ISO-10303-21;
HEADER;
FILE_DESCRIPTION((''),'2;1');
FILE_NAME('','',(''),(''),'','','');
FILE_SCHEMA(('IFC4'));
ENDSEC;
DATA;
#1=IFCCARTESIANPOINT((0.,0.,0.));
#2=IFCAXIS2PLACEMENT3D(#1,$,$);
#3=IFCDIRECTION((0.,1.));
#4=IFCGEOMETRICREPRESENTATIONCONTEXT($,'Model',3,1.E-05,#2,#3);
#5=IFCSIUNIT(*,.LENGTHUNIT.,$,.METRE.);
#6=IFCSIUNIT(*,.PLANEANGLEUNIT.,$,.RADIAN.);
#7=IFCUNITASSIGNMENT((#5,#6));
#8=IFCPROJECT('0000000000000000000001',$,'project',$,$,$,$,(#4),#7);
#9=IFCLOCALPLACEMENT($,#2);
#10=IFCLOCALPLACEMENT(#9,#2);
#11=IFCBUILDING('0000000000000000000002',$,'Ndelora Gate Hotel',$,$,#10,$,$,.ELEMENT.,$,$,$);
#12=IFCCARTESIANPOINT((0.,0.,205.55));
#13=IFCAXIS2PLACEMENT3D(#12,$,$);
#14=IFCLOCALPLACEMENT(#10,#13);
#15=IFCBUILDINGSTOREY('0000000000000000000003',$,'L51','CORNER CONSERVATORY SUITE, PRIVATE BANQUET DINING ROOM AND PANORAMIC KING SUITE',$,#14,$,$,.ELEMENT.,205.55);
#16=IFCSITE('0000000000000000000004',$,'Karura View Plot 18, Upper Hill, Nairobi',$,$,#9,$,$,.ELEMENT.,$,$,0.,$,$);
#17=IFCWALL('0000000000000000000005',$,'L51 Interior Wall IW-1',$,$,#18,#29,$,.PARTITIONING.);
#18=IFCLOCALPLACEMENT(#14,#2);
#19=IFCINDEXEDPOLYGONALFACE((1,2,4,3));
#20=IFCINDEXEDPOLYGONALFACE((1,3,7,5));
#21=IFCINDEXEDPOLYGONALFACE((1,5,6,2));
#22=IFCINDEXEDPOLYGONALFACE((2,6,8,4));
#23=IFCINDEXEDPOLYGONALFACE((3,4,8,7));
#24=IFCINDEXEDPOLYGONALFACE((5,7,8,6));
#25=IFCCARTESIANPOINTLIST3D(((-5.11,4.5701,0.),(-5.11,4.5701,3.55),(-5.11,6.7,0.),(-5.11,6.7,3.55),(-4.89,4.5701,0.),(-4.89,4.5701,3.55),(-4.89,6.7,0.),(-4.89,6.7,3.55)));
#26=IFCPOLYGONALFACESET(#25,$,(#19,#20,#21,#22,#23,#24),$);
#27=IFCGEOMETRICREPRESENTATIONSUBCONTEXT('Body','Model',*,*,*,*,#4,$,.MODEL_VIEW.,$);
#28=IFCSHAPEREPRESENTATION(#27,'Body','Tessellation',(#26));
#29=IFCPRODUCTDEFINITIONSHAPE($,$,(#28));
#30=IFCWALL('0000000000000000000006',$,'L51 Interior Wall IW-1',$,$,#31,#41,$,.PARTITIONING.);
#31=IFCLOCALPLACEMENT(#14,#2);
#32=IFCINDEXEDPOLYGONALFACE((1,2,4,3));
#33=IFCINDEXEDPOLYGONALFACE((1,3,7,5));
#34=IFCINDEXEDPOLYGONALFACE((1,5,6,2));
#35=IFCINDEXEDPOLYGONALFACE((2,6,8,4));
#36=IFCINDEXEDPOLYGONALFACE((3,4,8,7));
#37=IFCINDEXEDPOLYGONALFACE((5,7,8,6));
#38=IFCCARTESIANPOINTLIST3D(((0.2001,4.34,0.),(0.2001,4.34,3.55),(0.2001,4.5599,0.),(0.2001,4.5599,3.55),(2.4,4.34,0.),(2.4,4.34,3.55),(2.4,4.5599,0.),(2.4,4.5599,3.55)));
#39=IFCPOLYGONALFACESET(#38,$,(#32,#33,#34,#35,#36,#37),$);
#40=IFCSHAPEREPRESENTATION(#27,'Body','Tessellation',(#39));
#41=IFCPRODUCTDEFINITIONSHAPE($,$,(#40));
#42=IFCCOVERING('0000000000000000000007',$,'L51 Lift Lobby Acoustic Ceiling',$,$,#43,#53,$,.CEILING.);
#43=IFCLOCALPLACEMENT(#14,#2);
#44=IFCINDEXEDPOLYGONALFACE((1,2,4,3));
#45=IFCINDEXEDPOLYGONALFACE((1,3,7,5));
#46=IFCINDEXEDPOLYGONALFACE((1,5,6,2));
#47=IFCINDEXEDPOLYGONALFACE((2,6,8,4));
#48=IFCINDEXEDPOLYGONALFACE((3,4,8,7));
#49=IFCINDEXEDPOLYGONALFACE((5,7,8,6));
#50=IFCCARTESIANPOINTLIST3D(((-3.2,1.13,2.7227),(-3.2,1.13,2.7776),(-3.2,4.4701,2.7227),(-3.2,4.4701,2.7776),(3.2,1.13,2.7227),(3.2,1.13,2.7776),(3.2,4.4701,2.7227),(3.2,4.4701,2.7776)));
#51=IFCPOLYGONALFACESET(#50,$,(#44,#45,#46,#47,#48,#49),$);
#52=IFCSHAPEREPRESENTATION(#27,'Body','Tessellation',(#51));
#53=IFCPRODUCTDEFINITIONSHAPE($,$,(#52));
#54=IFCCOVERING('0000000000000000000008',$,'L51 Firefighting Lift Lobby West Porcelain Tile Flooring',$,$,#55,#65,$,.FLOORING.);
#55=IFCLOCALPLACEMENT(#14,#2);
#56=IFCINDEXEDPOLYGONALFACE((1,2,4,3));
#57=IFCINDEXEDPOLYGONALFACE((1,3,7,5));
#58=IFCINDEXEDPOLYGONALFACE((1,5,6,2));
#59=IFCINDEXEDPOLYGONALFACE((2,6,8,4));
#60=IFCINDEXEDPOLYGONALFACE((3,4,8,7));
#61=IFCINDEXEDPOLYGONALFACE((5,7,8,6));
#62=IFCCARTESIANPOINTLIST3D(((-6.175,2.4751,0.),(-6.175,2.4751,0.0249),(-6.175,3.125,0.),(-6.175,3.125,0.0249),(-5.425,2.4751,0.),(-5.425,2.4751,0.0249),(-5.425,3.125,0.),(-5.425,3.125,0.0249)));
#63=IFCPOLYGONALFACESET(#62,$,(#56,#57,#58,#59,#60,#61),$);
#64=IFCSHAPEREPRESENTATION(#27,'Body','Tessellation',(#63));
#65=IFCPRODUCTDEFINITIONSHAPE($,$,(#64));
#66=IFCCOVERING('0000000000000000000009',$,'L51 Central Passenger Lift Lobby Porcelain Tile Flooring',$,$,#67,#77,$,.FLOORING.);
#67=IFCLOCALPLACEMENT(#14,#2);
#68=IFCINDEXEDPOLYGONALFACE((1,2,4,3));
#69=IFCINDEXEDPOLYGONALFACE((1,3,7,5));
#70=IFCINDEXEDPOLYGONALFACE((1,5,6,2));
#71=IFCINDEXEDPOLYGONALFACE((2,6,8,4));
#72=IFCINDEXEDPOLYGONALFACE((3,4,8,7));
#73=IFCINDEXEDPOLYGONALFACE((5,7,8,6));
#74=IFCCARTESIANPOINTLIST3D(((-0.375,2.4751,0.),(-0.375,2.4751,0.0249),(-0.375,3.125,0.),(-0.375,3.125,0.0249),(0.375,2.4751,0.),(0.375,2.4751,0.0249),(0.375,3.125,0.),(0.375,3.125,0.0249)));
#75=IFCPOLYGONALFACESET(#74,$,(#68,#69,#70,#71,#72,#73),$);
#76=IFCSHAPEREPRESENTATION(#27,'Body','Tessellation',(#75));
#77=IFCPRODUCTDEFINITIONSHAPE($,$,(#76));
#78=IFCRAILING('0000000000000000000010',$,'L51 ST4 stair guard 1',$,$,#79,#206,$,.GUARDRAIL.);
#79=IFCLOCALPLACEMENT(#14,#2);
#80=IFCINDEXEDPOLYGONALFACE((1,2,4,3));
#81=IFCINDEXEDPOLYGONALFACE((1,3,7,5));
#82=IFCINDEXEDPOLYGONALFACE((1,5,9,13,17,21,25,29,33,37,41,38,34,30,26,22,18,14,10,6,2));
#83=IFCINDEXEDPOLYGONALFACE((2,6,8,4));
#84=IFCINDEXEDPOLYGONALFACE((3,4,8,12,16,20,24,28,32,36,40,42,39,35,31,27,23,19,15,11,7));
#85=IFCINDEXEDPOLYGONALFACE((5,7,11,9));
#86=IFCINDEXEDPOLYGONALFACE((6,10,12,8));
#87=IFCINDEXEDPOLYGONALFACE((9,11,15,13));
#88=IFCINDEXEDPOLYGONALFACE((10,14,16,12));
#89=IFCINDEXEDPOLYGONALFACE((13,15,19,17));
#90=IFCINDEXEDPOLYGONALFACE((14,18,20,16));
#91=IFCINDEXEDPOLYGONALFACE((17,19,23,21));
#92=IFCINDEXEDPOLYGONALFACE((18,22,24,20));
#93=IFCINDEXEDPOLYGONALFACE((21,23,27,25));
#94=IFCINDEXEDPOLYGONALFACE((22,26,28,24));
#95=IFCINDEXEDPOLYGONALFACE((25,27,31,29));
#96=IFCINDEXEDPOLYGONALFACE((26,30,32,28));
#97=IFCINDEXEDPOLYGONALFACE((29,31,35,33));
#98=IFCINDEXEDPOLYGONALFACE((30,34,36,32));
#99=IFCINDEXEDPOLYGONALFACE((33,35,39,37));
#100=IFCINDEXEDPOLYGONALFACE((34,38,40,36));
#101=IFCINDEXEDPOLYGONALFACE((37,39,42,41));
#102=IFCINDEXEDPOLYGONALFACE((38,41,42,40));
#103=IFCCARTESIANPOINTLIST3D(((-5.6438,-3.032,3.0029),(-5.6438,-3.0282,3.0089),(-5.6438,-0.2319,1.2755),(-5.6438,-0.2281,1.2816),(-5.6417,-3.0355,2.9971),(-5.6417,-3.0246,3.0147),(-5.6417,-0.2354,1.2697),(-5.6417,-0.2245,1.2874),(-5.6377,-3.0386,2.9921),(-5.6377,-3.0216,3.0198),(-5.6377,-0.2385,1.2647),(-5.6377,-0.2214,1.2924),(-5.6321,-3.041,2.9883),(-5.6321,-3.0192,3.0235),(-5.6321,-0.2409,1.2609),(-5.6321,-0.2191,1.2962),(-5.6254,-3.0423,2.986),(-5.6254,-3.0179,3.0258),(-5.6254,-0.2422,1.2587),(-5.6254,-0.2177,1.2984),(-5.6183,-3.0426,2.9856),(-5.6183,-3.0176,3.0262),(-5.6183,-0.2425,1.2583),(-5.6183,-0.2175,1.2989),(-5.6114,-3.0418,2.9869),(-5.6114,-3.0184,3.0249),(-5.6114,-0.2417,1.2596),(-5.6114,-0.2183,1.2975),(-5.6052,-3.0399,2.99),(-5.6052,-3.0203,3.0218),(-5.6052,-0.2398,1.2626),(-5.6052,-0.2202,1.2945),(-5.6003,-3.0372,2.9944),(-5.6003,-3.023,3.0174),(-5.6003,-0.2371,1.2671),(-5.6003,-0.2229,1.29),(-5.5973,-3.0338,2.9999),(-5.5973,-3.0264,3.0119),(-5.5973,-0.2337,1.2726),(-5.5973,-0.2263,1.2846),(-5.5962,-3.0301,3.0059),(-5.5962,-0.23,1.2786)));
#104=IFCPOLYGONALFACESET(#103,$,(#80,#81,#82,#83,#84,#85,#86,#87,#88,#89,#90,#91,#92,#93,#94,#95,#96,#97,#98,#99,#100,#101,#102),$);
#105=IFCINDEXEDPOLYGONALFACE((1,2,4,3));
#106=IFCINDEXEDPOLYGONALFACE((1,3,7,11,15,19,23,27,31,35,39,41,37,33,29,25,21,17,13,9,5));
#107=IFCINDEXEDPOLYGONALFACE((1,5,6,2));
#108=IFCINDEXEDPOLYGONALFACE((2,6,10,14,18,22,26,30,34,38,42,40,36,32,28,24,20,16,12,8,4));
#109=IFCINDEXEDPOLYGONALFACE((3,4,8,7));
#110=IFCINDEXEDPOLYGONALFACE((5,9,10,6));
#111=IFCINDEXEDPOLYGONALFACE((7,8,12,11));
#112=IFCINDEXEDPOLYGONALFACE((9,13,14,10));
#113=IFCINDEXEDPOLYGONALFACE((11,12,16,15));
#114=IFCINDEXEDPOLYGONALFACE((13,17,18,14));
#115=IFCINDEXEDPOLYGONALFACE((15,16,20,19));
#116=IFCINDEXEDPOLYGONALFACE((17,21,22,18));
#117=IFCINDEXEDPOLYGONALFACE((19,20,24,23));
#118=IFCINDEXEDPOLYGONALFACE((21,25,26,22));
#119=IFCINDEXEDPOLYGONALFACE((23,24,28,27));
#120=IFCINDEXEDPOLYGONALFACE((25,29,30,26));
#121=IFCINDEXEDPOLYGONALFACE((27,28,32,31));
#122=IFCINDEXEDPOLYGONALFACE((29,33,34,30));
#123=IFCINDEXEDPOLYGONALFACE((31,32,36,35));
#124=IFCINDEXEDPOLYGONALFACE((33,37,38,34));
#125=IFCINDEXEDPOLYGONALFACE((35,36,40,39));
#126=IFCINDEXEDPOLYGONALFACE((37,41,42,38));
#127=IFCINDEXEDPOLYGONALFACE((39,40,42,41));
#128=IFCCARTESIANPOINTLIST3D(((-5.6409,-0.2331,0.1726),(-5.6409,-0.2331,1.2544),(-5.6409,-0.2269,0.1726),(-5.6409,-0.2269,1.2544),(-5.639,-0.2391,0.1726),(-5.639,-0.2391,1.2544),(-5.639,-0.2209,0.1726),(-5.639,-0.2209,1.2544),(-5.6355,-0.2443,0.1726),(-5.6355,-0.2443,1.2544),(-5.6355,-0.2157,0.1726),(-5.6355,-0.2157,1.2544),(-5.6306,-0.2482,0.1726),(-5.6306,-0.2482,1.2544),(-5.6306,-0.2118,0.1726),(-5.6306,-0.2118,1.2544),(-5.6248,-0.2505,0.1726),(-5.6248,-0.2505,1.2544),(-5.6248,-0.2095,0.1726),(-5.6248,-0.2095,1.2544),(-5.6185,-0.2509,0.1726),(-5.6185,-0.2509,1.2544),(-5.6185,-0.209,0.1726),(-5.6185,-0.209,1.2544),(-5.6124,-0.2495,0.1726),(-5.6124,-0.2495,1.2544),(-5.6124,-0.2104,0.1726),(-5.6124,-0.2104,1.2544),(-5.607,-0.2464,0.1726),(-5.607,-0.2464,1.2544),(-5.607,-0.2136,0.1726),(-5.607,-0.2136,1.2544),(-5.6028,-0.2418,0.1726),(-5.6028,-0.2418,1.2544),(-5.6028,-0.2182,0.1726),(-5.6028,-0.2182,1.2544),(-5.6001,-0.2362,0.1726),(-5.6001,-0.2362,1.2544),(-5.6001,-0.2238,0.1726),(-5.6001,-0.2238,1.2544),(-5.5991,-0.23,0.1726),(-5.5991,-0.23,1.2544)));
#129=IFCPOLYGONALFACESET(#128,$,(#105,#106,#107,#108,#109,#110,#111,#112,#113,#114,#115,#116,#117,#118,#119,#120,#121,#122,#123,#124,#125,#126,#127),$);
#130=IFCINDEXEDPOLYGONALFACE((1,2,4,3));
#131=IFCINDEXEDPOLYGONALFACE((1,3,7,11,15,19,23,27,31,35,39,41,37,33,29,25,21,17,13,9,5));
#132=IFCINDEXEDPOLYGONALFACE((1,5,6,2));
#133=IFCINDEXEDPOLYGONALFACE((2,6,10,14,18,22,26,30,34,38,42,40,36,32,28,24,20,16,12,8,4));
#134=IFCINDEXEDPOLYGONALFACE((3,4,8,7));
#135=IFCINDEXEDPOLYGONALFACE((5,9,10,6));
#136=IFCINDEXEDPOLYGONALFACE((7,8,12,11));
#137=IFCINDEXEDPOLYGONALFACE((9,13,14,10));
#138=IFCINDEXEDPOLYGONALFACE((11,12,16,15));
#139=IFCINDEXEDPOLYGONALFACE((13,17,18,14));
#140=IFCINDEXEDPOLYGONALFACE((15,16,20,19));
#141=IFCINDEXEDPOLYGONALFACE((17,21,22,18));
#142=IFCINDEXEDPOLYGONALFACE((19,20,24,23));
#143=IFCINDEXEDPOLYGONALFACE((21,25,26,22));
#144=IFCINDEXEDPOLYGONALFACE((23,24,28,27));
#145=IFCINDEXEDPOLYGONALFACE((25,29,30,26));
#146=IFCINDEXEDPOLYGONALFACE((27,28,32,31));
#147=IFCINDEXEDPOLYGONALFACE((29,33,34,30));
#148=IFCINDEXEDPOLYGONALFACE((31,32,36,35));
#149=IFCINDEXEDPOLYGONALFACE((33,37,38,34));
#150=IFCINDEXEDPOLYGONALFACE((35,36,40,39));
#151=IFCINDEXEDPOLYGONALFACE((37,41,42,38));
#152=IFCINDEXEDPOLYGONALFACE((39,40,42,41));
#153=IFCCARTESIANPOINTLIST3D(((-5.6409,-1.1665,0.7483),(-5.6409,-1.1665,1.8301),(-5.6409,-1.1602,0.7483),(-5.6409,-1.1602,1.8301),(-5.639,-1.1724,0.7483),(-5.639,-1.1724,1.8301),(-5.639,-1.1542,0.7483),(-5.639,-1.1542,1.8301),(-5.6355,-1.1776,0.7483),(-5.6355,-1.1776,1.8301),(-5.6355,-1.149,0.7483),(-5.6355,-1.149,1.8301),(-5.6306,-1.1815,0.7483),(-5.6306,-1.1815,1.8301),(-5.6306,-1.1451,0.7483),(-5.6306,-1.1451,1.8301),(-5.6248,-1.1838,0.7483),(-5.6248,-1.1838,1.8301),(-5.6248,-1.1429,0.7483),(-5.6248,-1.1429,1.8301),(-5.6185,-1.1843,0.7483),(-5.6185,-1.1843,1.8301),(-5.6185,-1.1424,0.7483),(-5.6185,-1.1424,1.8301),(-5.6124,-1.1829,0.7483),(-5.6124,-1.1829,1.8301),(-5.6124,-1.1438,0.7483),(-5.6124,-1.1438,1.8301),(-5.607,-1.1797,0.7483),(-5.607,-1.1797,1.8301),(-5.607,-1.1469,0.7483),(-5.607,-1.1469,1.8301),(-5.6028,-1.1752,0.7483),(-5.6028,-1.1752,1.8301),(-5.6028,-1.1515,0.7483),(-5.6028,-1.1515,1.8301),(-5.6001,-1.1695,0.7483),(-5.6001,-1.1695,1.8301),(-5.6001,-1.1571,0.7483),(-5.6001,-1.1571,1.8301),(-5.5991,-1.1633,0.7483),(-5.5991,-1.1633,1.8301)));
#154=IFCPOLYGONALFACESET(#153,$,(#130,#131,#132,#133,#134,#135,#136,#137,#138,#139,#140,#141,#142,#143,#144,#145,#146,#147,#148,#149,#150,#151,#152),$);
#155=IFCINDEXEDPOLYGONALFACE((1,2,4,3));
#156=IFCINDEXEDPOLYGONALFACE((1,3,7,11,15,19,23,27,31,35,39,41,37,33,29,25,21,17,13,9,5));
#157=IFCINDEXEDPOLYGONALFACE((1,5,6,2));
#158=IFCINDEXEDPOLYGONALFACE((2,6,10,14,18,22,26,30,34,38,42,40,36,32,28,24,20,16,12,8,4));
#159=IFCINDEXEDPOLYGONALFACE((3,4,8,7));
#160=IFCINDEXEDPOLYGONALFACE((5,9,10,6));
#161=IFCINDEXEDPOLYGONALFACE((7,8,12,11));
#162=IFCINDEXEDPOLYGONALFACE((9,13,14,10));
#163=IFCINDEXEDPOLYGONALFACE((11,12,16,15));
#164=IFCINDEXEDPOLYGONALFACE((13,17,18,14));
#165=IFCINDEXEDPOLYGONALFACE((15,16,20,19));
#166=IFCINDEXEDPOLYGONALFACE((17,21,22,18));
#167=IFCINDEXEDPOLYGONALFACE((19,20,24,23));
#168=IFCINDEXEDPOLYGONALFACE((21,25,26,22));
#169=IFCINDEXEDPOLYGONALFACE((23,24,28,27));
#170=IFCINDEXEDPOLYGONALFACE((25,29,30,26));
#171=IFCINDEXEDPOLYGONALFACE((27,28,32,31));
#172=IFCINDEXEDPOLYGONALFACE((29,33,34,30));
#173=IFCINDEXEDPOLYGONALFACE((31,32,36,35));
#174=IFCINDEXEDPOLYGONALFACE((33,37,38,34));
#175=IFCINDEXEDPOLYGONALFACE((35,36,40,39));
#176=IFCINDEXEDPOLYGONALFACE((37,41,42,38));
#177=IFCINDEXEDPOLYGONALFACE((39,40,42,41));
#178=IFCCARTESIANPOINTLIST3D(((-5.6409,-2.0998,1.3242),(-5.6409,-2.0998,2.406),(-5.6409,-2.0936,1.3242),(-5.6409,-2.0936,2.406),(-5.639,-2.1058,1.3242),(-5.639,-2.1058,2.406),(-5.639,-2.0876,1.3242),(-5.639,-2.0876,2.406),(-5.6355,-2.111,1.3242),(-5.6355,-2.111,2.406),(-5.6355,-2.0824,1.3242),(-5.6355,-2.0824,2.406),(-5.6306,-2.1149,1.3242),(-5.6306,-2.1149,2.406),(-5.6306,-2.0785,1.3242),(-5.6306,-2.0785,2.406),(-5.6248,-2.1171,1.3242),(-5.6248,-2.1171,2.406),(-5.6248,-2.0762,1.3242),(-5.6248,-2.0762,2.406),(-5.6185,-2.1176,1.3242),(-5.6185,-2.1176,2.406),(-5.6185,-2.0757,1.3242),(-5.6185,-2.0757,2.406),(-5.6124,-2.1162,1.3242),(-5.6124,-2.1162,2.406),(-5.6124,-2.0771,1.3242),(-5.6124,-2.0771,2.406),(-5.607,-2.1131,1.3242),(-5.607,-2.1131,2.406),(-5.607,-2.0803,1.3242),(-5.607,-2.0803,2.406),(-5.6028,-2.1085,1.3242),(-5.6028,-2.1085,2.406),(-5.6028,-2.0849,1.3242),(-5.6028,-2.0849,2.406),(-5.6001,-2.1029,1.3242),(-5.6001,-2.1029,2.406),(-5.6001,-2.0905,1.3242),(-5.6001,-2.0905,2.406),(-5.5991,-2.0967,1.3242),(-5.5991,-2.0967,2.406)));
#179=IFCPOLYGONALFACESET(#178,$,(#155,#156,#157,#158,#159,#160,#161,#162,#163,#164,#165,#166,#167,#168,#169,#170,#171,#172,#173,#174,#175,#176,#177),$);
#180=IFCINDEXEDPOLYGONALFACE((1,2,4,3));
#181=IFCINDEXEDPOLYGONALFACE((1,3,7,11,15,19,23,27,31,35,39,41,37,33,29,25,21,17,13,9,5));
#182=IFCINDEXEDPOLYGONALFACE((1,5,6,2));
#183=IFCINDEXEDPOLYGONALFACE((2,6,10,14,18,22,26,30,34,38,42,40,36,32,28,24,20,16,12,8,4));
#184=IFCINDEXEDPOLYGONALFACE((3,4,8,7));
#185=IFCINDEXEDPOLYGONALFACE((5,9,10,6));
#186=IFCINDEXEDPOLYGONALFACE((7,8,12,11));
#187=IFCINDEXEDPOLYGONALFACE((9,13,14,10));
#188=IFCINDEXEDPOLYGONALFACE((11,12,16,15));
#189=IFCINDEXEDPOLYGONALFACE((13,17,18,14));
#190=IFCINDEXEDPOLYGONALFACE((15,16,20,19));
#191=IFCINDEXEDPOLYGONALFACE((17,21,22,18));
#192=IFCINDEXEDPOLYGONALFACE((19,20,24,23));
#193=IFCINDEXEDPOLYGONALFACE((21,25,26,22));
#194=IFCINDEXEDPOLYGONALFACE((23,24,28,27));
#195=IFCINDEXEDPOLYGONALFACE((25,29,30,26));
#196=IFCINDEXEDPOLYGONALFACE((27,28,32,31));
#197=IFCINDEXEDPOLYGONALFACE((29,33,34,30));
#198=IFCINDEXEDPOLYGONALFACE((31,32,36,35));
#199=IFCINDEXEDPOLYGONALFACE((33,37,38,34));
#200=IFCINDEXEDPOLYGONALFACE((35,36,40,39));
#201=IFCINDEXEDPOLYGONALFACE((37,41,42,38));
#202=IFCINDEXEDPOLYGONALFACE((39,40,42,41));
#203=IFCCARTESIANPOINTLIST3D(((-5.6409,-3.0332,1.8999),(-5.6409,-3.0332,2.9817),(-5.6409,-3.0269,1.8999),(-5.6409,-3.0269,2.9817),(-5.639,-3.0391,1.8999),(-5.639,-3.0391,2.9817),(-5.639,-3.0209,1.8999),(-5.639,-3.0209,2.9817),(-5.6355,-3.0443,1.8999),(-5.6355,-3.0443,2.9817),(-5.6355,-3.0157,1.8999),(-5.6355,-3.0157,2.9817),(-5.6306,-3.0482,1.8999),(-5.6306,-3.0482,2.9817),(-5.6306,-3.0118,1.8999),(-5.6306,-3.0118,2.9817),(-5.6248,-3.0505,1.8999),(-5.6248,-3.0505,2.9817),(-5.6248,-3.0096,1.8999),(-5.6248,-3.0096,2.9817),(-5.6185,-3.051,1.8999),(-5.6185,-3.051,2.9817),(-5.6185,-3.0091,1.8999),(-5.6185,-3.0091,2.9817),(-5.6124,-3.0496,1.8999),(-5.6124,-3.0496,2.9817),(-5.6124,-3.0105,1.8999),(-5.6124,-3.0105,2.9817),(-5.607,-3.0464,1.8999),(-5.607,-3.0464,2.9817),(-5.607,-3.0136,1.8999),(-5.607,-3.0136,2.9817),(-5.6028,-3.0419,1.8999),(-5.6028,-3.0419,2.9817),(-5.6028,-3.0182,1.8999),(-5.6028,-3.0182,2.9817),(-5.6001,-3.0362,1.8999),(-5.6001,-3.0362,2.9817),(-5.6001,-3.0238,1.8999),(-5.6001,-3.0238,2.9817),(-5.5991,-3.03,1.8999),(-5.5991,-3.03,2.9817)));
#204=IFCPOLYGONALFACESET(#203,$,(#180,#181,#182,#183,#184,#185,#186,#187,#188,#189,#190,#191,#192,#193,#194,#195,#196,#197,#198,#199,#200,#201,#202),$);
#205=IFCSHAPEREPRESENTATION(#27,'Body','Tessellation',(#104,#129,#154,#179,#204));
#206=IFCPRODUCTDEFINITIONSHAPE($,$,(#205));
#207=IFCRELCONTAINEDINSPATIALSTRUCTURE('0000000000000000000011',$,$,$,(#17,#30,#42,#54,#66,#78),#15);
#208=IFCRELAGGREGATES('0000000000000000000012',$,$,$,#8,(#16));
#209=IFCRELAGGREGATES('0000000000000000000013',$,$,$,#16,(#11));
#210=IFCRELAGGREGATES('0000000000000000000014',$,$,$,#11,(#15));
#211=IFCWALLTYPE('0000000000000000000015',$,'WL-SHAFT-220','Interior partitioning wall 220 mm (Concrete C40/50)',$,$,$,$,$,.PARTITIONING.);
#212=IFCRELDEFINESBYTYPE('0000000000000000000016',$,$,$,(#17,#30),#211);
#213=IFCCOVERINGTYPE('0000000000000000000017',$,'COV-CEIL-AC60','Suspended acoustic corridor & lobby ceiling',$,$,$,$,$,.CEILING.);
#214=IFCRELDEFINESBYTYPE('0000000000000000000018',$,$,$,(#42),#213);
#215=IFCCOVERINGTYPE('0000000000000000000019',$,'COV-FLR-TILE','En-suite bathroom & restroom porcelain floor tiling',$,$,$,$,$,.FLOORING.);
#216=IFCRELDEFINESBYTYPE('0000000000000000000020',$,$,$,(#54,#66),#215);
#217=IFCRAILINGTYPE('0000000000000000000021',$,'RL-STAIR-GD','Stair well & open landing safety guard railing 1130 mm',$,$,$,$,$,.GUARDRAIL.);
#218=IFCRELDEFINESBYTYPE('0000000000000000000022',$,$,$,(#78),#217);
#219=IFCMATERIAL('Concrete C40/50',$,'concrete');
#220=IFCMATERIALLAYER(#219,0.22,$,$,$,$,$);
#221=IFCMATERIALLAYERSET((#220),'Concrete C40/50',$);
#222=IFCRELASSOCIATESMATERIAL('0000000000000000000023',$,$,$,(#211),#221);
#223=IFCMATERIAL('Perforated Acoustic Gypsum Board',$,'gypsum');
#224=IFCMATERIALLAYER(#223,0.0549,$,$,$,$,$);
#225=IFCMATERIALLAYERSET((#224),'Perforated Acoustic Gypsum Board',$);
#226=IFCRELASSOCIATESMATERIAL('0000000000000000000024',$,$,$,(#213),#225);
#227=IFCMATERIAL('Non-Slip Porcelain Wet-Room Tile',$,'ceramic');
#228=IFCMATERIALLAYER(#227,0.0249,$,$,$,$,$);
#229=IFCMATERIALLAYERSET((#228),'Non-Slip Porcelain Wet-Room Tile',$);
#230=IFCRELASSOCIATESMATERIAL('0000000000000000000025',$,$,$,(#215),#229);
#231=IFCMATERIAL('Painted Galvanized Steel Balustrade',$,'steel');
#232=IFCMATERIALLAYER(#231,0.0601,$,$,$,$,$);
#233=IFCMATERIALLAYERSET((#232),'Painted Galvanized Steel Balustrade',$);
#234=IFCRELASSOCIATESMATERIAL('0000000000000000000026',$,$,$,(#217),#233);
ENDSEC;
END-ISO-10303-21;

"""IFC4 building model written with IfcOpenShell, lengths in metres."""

from ifc_helpers import new_model, si_unit, direction, frame, frame_2d, origin, origin_2d, place, context, subcontext, project, spatial, rectangle, circle, extrude, material, layer, layer_set, type_object, element, save


model = new_model("IFC4")

# Units and contexts
model_context = context("Model", 3, precision=1e-05, world=origin(), true_north=direction((0.0, 1.0)))
body_context = subcontext(model_context, "Body", "Model", "MODEL_VIEW")
ifc_project = project(units=[si_unit("LENGTHUNIT", "METRE"), si_unit("PLANEANGLEUNIT", "RADIAN")], contexts=[model_context])

# Site, building, storey
site_placement = place(None, origin())
site = spatial("IfcSite", under=ifc_project, at=site_placement, Name="Karura View Plot 18, Upper Hill, Nairobi", CompositionType="ELEMENT", RefElevation=0.0)
building_placement = place(site_placement, origin())
building = spatial("IfcBuilding", under=site, at=building_placement, Name="Ndelora Gate Hotel", CompositionType="ELEMENT")
storey_placement = place(building_placement, frame((0.0, 0.0, 205.55)))
storey = spatial("IfcBuildingStorey", under=building, at=storey_placement, Name="L51", Description="CORNER CONSERVATORY SUITE, PRIVATE BANQUET DINING ROOM AND PANORAMIC KING SUITE", CompositionType="ELEMENT", Elevation=205.55)

# Shared definitions
ifc_material_1 = material(Name="Concrete C40/50", Category="concrete")

# Shared definitions
ifc_layer_1 = layer(ifc_material_1, 0.22)
ifc_layer_set_1 = layer_set([ifc_layer_1], Name="Concrete C40/50")
wall_type_1 = type_object("IfcWallType", Name="WL-SHAFT-220", Description="Interior partitioning wall 220 mm (Concrete C40/50)", PredefinedType="PARTITIONING", material=ifc_layer_set_1)

# Wall
wall_1_placement = place(storey_placement, frame((-5.0, 4.5701, 0.0), z_axis=(0.0, 0.0, 1.0), x_axis=(0.0, 1.0, 0.0)))
element("IfcWall", 1, at=wall_1_placement, inside=storey, type_object=wall_type_1, Name="L51 Interior Wall IW-1", PredefinedType="PARTITIONING", context=body_context, shape_type="SweptSolid", body=[
    extrude(rectangle(XDim=2.1299, YDim=0.22, at=frame_2d((1.0649, 0.0))), origin(), (0.0, 0.0, 1.0), 3.55),
])

# Wall
wall_2_placement = place(storey_placement, frame((0.2, 4.45, 0.0), z_axis=(0.0, 0.0, 1.0), x_axis=(1.0, 0.0, 0.0)))
element("IfcWall", 2, at=wall_2_placement, inside=storey, type_object=wall_type_1, Name="L51 Interior Wall IW-1", PredefinedType="PARTITIONING", context=body_context, shape_type="SweptSolid", body=[
    extrude(rectangle(XDim=2.2, YDim=0.22, at=frame_2d((1.1001, 0.0))), origin(), (0.0, 0.0, 1.0), 3.55),
])

# Coverings
ifc_material_2 = material(Name="Perforated Acoustic Gypsum Board", Category="gypsum")
ifc_layer_2 = layer(ifc_material_2, 0.0549)
ifc_layer_set_2 = layer_set([ifc_layer_2], Name="Perforated Acoustic Gypsum Board")
covering_type_1 = type_object("IfcCoveringType", Name="COV-CEIL-AC60", Description="Suspended acoustic corridor & lobby ceiling", PredefinedType="CEILING", material=ifc_layer_set_2)
covering_placement = place(storey_placement, frame((0.0, 2.8, 2.7227), z_axis=(0.0, 0.0, 1.0), x_axis=(1.0, 0.0, 0.0)))
element("IfcCovering", 3, at=covering_placement, inside=storey, type_object=covering_type_1, Name="L51 Lift Lobby Acoustic Ceiling", PredefinedType="CEILING", context=body_context, shape_type="SweptSolid", body=[
    extrude(rectangle(XDim=6.3999, YDim=3.3401, at=origin_2d()), origin(), (0.0, 0.0, 1.0), 0.0549),
])
ifc_material_3 = material(Name="Non-Slip Porcelain Wet-Room Tile", Category="ceramic")
ifc_layer_3 = layer(ifc_material_3, 0.0249)
ifc_layer_set_3 = layer_set([ifc_layer_3], Name="Non-Slip Porcelain Wet-Room Tile")
covering_type_2 = type_object("IfcCoveringType", Name="COV-FLR-TILE", Description="En-suite bathroom & restroom porcelain floor tiling", PredefinedType="FLOORING", material=ifc_layer_set_3)
for number, where, z_axis, x_axis, name in (
    (4, (-5.8, 2.8, 0.0), (0.0, 0.0, 1.0), (1.0, 0.0, 0.0), "L51 Firefighting Lift Lobby West Porcelain Tile Flooring"),
    (5, (0.0, 2.8, 0.0), (0.0, 0.0, 1.0), (1.0, 0.0, 0.0), "L51 Central Passenger Lift Lobby Porcelain Tile Flooring"),
):
    element("IfcCovering", number, at=place(storey_placement, frame(where, z_axis=z_axis, x_axis=x_axis)), inside=storey, type_object=covering_type_2, Name=name, PredefinedType="FLOORING", context=body_context, shape_type="SweptSolid", body=[
        extrude(rectangle(XDim=0.75, YDim=0.6499, at=origin_2d()), origin(), (0.0, 0.0, 1.0), 0.0249),
    ])

# Railing
ifc_material_4 = material(Name="Painted Galvanized Steel Balustrade", Category="steel")
ifc_layer_4 = layer(ifc_material_4, 0.0601)
ifc_layer_set_4 = layer_set([ifc_layer_4], Name="Painted Galvanized Steel Balustrade")
railing_type = type_object("IfcRailingType", Name="RL-STAIR-GD", Description="Stair well & open landing safety guard railing 1130 mm", PredefinedType="GUARDRAIL", material=ifc_layer_set_4)
railing_1_placement = place(storey_placement, frame((-5.6201, -0.23, 0.1726)))
element("IfcRailing", 6, at=railing_1_placement, inside=storey, type_object=railing_type, Name="L51 ST4 stair guard 1", PredefinedType="GUARDRAIL", context=body_context, shape_type="SweptSolid", body=[
    extrude(circle(Radius=0.0239, at=origin_2d()), frame((0.0, 0.0, 1.106), z_axis=(0.0, -0.85109, 0.52502), x_axis=(1.0, 0.0, 0.0)), (0.0, 0.0, 1.0), 3.29),
    extrude(circle(Radius=0.021, at=origin_2d()), origin(), (0.0, 0.0, 1.0), 1.0818),
    extrude(circle(Radius=0.021, at=origin_2d()), frame((0.0, -0.9333, 0.5757)), (0.0, 0.0, 1.0), 1.0818),
    extrude(circle(Radius=0.021, at=origin_2d()), frame((0.0, -1.8667, 1.1516)), (0.0, 0.0, 1.0), 1.0818),
    extrude(circle(Radius=0.021, at=origin_2d()), frame((0.0, -2.8, 1.7273)), (0.0, 0.0, 1.0), 1.0818),
])

save(model, "model.ifc")
